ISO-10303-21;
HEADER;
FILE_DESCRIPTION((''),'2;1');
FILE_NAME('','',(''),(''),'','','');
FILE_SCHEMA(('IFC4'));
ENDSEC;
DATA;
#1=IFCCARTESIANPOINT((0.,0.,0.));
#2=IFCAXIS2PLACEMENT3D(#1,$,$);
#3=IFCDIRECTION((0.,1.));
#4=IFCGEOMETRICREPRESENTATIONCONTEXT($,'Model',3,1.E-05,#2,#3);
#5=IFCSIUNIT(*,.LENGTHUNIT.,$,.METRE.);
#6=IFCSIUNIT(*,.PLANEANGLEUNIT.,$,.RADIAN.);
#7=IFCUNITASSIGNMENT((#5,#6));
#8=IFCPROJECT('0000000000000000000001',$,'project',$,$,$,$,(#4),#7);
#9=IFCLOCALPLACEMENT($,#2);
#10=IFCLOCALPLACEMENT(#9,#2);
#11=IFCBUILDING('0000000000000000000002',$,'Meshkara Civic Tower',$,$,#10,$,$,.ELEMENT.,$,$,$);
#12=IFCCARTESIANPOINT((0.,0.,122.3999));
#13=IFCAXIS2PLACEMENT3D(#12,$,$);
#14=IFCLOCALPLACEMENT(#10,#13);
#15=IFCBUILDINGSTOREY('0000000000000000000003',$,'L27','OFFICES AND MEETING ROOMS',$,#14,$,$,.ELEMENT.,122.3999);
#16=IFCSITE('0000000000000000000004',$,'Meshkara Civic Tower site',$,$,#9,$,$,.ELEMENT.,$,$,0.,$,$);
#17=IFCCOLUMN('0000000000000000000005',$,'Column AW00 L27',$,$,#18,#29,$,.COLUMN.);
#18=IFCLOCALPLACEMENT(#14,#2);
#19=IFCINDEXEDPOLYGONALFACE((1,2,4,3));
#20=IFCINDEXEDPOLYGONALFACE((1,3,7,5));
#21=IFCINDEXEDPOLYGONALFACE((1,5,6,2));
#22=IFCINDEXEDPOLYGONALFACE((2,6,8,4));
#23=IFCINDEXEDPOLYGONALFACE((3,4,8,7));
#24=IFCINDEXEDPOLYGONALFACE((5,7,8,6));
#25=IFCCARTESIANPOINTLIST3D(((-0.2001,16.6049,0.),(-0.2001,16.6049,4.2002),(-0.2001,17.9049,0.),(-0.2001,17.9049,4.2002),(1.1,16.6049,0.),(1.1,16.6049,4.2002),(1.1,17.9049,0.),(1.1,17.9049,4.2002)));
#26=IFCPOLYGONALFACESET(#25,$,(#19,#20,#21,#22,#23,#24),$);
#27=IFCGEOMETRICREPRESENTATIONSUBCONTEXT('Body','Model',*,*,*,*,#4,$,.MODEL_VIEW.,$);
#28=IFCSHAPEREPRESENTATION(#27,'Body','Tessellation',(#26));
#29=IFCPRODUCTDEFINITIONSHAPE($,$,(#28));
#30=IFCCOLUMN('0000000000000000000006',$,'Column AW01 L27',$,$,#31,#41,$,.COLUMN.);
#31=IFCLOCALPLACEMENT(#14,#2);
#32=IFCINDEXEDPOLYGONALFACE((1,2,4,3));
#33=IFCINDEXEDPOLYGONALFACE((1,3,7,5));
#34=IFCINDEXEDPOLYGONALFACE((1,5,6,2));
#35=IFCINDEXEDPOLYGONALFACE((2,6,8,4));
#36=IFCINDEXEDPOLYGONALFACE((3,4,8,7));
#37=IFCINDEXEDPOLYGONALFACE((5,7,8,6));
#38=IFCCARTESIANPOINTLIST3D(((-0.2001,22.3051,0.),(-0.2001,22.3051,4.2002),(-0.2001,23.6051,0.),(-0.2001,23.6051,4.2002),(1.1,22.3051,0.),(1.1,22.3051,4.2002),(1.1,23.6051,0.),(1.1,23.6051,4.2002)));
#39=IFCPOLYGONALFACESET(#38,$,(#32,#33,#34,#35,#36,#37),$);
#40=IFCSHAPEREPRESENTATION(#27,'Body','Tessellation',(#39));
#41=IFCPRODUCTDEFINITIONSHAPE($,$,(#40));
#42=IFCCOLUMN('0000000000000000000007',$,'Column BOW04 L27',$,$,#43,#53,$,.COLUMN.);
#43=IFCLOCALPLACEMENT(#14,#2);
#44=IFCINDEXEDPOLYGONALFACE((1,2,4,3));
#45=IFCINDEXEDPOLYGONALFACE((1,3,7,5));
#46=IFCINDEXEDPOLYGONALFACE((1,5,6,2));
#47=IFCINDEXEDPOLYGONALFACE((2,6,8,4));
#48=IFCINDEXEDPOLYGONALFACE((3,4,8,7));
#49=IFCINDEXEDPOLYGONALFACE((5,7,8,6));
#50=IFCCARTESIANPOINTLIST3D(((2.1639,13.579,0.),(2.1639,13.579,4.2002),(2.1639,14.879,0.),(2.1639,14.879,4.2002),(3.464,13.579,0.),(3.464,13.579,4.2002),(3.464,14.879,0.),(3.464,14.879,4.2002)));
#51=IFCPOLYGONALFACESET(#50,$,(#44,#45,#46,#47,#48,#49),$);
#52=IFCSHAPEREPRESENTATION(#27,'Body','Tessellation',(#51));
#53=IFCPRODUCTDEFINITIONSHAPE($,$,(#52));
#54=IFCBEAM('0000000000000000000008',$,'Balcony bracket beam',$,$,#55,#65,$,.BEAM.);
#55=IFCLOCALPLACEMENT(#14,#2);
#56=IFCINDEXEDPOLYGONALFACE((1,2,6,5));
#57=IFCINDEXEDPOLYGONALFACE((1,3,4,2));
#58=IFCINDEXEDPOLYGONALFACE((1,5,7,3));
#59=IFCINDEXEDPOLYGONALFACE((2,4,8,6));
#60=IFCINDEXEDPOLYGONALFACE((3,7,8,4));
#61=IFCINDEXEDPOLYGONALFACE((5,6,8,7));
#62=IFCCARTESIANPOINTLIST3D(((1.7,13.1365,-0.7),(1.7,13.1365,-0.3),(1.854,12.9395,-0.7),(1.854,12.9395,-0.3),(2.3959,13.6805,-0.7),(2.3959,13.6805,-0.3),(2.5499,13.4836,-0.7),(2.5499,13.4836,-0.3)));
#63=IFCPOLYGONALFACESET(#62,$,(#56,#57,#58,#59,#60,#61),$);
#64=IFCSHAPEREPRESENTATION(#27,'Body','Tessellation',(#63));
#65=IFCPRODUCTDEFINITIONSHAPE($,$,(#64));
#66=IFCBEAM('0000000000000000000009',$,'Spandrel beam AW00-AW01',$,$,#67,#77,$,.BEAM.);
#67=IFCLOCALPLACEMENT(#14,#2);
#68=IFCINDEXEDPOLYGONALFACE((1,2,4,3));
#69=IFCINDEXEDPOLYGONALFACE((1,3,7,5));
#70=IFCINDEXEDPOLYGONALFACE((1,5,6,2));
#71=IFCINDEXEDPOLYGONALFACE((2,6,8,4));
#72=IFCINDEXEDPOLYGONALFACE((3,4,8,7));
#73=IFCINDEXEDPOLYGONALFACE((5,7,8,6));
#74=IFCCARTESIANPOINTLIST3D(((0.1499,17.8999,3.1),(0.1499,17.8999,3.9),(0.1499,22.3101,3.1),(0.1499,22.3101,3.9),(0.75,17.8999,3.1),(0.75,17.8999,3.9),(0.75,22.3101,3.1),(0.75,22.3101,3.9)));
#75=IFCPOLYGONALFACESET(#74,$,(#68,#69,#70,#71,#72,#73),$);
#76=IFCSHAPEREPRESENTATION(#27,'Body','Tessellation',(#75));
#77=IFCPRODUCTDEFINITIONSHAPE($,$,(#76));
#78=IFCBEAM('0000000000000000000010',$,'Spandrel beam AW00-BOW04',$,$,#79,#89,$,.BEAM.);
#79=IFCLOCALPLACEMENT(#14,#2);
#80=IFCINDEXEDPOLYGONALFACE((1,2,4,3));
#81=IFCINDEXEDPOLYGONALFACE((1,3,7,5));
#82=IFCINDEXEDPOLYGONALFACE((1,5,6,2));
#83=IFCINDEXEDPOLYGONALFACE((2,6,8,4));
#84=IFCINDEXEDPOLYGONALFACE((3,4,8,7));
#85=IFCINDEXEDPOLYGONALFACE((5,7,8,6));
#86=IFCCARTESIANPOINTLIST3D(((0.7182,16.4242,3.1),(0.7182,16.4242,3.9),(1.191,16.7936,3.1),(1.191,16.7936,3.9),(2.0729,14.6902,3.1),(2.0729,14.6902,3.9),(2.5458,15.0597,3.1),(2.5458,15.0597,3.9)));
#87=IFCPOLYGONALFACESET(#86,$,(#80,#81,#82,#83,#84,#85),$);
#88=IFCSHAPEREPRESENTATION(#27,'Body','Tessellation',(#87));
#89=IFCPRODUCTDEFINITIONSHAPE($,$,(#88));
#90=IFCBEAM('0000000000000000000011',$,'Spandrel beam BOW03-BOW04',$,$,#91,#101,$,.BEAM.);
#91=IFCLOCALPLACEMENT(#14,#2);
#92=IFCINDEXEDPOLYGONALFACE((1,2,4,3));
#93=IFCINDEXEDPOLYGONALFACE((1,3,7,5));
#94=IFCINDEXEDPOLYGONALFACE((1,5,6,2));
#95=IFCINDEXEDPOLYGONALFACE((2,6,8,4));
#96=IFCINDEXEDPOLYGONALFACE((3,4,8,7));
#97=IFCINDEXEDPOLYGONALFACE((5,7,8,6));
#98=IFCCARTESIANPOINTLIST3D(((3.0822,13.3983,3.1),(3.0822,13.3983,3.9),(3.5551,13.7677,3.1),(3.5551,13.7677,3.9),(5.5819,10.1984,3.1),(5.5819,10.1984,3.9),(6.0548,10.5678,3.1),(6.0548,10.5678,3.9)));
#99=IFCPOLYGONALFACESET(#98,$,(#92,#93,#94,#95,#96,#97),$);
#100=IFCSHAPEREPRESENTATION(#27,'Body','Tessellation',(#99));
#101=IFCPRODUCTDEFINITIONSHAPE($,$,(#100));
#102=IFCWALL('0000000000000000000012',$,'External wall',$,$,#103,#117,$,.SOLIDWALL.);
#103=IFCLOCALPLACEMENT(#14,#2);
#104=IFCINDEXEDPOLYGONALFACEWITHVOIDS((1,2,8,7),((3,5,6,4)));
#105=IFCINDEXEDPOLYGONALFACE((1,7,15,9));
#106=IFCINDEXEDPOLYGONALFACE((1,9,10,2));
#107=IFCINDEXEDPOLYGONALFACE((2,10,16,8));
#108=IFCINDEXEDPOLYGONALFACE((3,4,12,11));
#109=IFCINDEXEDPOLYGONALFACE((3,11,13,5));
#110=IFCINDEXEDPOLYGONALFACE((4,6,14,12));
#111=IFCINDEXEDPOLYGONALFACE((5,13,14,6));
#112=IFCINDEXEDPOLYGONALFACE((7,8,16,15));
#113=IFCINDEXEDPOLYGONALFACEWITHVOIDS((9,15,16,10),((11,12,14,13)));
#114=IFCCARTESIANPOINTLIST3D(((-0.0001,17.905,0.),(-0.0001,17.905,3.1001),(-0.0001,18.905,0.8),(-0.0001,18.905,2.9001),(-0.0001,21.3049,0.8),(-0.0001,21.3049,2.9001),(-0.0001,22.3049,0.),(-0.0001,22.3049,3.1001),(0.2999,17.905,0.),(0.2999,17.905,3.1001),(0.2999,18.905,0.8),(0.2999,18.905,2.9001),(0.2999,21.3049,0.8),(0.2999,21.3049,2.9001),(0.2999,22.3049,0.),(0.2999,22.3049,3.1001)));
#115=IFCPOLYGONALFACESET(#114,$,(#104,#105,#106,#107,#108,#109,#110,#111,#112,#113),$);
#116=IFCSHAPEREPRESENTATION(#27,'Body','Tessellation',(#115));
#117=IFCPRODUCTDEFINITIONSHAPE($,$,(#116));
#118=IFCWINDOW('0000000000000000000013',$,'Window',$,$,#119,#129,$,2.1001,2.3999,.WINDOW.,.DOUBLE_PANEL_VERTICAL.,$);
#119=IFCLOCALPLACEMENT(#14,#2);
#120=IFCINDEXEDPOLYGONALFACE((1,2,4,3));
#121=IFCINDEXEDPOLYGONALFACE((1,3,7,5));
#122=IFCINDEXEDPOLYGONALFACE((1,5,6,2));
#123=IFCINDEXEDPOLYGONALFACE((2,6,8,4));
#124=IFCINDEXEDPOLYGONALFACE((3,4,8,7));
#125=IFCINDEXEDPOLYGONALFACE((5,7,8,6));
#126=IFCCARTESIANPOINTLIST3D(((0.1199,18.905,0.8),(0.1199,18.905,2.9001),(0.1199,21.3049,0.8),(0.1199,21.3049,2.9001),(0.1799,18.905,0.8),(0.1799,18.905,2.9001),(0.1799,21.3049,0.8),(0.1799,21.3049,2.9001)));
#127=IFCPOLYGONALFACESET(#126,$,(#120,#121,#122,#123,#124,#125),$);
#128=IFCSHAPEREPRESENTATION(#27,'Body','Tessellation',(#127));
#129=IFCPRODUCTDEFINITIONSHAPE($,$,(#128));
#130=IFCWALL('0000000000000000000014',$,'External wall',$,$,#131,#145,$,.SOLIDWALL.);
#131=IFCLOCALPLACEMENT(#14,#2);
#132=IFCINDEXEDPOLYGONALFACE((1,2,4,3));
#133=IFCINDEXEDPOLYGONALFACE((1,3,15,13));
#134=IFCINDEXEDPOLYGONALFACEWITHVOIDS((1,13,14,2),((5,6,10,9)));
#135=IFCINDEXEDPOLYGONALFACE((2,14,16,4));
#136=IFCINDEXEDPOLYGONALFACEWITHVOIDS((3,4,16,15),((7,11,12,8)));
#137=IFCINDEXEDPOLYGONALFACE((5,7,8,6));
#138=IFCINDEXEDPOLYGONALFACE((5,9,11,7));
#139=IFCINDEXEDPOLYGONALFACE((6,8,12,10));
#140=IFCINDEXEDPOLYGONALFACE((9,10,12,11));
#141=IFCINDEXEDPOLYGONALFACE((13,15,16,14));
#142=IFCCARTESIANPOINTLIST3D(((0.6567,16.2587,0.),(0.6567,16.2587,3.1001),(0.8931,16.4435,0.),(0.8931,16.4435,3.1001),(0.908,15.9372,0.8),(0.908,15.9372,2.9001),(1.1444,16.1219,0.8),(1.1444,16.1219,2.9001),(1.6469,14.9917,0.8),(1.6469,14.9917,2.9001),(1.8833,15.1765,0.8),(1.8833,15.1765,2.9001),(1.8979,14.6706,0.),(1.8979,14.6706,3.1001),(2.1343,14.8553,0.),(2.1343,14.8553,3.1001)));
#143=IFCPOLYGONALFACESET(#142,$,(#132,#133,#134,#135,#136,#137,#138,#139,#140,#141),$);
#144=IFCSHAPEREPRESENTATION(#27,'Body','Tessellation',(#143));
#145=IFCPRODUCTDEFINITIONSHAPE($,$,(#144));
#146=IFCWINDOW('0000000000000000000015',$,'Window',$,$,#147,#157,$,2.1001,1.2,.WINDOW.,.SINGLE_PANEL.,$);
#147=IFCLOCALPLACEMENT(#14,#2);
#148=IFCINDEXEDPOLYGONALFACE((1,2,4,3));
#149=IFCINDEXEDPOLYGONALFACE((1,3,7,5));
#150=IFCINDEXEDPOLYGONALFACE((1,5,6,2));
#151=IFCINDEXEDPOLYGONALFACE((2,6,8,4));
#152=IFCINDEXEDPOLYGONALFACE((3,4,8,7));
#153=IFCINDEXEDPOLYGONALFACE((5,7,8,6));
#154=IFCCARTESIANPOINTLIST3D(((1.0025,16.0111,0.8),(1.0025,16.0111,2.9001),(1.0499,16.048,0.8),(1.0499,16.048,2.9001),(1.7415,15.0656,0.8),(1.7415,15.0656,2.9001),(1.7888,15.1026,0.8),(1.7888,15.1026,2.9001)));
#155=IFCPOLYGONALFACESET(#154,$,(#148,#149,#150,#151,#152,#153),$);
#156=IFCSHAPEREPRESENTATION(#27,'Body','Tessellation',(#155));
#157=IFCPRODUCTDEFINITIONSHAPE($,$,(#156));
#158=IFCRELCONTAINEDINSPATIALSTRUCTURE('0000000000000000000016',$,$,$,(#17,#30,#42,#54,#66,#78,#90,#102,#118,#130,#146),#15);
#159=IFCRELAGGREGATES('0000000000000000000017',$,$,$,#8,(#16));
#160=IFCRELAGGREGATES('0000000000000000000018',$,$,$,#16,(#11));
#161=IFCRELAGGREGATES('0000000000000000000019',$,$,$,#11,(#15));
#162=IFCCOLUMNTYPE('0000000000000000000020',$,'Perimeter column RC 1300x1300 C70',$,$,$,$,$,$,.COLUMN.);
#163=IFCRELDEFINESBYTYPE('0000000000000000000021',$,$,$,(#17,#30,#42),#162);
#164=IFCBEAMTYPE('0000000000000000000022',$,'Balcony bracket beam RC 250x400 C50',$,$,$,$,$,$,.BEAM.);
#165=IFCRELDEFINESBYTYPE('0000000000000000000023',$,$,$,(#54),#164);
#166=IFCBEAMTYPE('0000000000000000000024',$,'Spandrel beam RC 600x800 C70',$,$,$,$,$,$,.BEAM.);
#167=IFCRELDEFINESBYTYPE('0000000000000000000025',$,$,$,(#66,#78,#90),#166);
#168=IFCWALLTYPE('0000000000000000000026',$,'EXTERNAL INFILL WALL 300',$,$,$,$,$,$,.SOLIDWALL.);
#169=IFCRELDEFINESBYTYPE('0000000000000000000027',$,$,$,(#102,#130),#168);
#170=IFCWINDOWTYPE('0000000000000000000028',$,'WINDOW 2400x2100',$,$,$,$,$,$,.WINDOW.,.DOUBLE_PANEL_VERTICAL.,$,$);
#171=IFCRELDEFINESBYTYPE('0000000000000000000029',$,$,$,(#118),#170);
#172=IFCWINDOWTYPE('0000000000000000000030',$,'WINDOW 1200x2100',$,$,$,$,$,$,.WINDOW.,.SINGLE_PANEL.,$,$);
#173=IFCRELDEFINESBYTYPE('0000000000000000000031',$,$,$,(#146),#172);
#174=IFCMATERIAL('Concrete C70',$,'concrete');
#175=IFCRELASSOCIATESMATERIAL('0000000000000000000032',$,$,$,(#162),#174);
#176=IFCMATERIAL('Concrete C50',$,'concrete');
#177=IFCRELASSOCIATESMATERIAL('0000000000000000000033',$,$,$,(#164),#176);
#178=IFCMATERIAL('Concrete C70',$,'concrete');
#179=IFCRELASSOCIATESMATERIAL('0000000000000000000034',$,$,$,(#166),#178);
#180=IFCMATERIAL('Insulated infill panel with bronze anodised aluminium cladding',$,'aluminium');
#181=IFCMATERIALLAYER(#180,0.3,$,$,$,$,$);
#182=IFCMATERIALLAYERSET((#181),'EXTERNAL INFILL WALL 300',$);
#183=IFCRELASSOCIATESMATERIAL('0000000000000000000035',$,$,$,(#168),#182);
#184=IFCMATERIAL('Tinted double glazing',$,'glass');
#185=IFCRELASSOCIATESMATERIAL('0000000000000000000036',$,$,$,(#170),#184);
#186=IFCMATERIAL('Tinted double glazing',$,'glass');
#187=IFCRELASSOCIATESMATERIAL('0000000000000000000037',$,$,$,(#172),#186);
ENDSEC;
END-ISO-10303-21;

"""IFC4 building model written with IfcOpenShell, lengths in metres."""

from ifc_helpers import new_model, si_unit, direction, frame, frame_2d, origin, origin_2d, place, context, subcontext, project, spatial, rectangle, extrude, material, layer, layer_set, material_profile, profile_set, type_object, element, fill, save


model = new_model("IFC4")

# Units and contexts
model_context = context("Model", 3, precision=1e-05, world=origin(), true_north=direction((0.0, 1.0)))
body_context = subcontext(model_context, "Body", "Model", "MODEL_VIEW")
ifc_project = project(units=[si_unit("LENGTHUNIT", "METRE"), si_unit("PLANEANGLEUNIT", "RADIAN")], contexts=[model_context])

# Site, building, storey
site_placement = place(None, origin())
site = spatial("IfcSite", under=ifc_project, at=site_placement, Name="Meshkara Civic Tower site", CompositionType="ELEMENT", RefElevation=0.0)
building_placement = place(site_placement, origin())
building = spatial("IfcBuilding", under=site, at=building_placement, Name="Meshkara Civic Tower", CompositionType="ELEMENT")
storey_placement = place(building_placement, frame((0.0, 0.0, 122.3999)))
storey = spatial("IfcBuildingStorey", under=building, at=storey_placement, Name="L27", Description="OFFICES AND MEETING ROOMS", CompositionType="ELEMENT", Elevation=122.3999)

# Columns
ifc_material_1 = material(Name="Concrete C70", Category="concrete")
ifc_material_profile_1 = material_profile(ifc_material_1, rectangle(XDim=1.3, YDim=1.3, at=origin_2d()))
ifc_profile_set_1 = profile_set([ifc_material_profile_1], Name="Concrete C70")
column_type = type_object("IfcColumnType", Name="Perimeter column RC 1300x1300 C70", PredefinedType="COLUMN", material=ifc_profile_set_1)
for number, where, z_axis, x_axis, name in (
    (1, (0.45, 17.2549, 0.0), (0.0, 0.0, 1.0), (1.0, 0.0, 0.0), "Column AW00 L27"),
    (2, (0.45, 22.9551, 0.0), (0.0, 0.0, 1.0), (1.0, 0.0, 0.0), "Column AW01 L27"),
    (3, (2.814, 14.229, 0.0), (0.0, 0.0, 1.0), (1.0, 0.0, 0.0), "Column BOW04 L27"),
):
    element("IfcColumn", number, at=place(storey_placement, frame(where, z_axis=z_axis, x_axis=x_axis)), inside=storey, type_object=column_type, Name=name, PredefinedType="COLUMN", context=body_context, shape_type="SweptSolid", body=[
        extrude(rectangle(XDim=1.3, YDim=1.3, at=origin_2d()), origin(), (0.0, 0.0, 1.0), 4.2002),
    ])

# Beams
ifc_material_2 = material(Name="Concrete C50", Category="concrete")
ifc_material_profile_2 = material_profile(ifc_material_2, rectangle(XDim=0.25, YDim=0.3999, at=origin_2d()))
ifc_profile_set_2 = profile_set([ifc_material_profile_2], Name="Concrete C50")
beam_type_1 = type_object("IfcBeamType", Name="Balcony bracket beam RC 250x400 C50", PredefinedType="BEAM", material=ifc_profile_set_2)
beam_1_placement = place(storey_placement, frame((2.4729, 13.582, -0.5), z_axis=(-0.787832, -0.615891, 0.0), x_axis=(0.615891, -0.787832, 0.0)))
element("IfcBeam", 4, at=beam_1_placement, inside=storey, type_object=beam_type_1, Name="Balcony bracket beam", PredefinedType="BEAM", context=body_context, shape_type="SweptSolid", body=[
    extrude(rectangle(XDim=0.25, YDim=0.3999, at=origin_2d()), origin(), (0.0, 0.0, 1.0), 0.8833),
])
ifc_material_3 = material(Name="Concrete C70", Category="concrete")
ifc_material_profile_3 = material_profile(ifc_material_3, rectangle(XDim=0.6001, YDim=0.8, at=origin_2d()))
ifc_profile_set_3 = profile_set([ifc_material_profile_3], Name="Concrete C70")
beam_type_2 = type_object("IfcBeamType", Name="Spandrel beam RC 600x800 C70", PredefinedType="BEAM", material=ifc_profile_set_3)
beam_2_placement = place(storey_placement, frame((0.45, 22.3101, 3.5), z_axis=(0.0, -1.0, 0.0), x_axis=(1.0, 0.0, 0.0)))
element("IfcBeam", 5, at=beam_2_placement, inside=storey, type_object=beam_type_2, Name="Spandrel beam AW00-AW01", PredefinedType="BEAM", context=body_context, shape_type="SweptSolid", body=[
    extrude(rectangle(XDim=0.6001, YDim=0.8, at=origin_2d()), origin(), (0.0, 0.0, 1.0), 4.4102),
])
beam_3_placement = place(storey_placement, frame((0.9546, 16.6089, 3.5), z_axis=(0.615683, -0.787994, 0.0), x_axis=(0.787994, 0.615683, 0.0)))
element("IfcBeam", 6, at=beam_3_placement, inside=storey, type_object=beam_type_2, Name="Spandrel beam AW00-BOW04", PredefinedType="BEAM", context=body_context, shape_type="SweptSolid", body=[
    extrude(rectangle(XDim=0.6001, YDim=0.8, at=origin_2d()), origin(), (0.0, 0.0, 1.0), 2.2004),
])
beam_4_placement = place(storey_placement, frame((3.3186, 13.583, 3.5), z_axis=(0.615613, -0.788049, 0.0), x_axis=(0.788049, 0.615613, 0.0)))
element("IfcBeam", 7, at=beam_4_placement, inside=storey, type_object=beam_type_2, Name="Spandrel beam BOW03-BOW04", PredefinedType="BEAM", context=body_context, shape_type="SweptSolid", body=[
    extrude(rectangle(XDim=0.6001, YDim=0.8, at=origin_2d()), origin(), (0.0, 0.0, 1.0), 4.0605),
])

# Walls, openings, windows
ifc_material_4 = material(Name="Insulated infill panel with bronze anodised aluminium cladding", Category="aluminium")
ifc_layer = layer(ifc_material_4, 0.3)
ifc_layer_set = layer_set([ifc_layer], Name="EXTERNAL INFILL WALL 300")
wall_type = type_object("IfcWallType", Name="EXTERNAL INFILL WALL 300", PredefinedType="SOLIDWALL", material=ifc_layer_set)
wall_1_placement = place(storey_placement, frame((0.1499, 22.3049, 0.0), z_axis=(0.0, 0.0, 1.0), x_axis=(0.0, -1.0, 0.0)))
wall_1 = element("IfcWall", 8, at=wall_1_placement, inside=storey, type_object=wall_type, Name="External wall", PredefinedType="SOLIDWALL", context=body_context, shape_type="SweptSolid", body=[
    extrude(rectangle(XDim=4.3999, YDim=0.3, at=frame_2d((2.2, 0.0))), origin(), (0.0, 0.0, 1.0), 3.1001),
])
opening_1_placement = place(wall_1_placement, frame((1.0, 0.0, 0.8)))
opening_1 = element("IfcOpeningElement", 9, at=opening_1_placement, cuts=wall_1, PredefinedType="OPENING", context=body_context, shape_type="SweptSolid", body=[
    extrude(rectangle(XDim=2.3999, YDim=2.1001, at=frame_2d((1.2, 1.05))), frame((0.0, 0.1599, 0.0), z_axis=(0.0, -1.0, 0.0), x_axis=(1.0, 0.0, 0.0)), (0.0, 0.0, 1.0), 0.3201),
])
ifc_material_5 = material(Name="Tinted double glazing", Category="glass")
window_type_1 = type_object("IfcWindowType", Name="WINDOW 2400x2100", PartitioningType="DOUBLE_PANEL_VERTICAL", PredefinedType="WINDOW", material=ifc_material_5)
window_1_placement = place(opening_1_placement, origin())
window_1 = element("IfcWindow", 10, at=window_1_placement, inside=storey, type_object=window_type_1, Name="Window", OverallHeight=2.1001, OverallWidth=2.3999, PartitioningType="DOUBLE_PANEL_VERTICAL", PredefinedType="WINDOW", context=body_context, shape_type="SweptSolid", body=[
    extrude(rectangle(XDim=2.3999, YDim=2.1001, at=frame_2d((1.2, 1.05))), frame((0.0, 0.03, 0.0), z_axis=(0.0, -1.0, 0.0), x_axis=(1.0, 0.0, 0.0)), (0.0, 0.0, 1.0), 0.0601),
])
fill(opening_1, window_1)
wall_2_placement = place(storey_placement, frame((0.7749, 16.3511, 0.0), z_axis=(0.0, 0.0, 1.0), x_axis=(0.615792, -0.787909, 0.0)))
wall_2 = element("IfcWall", 11, at=wall_2_placement, inside=storey, type_object=wall_type, Name="External wall", PredefinedType="SOLIDWALL", context=body_context, shape_type="SweptSolid", body=[
    extrude(rectangle(XDim=2.0156, YDim=0.3, at=frame_2d((1.0078, 0.0))), origin(), (0.0, 0.0, 1.0), 3.1001),
])
opening_2_placement = place(wall_2_placement, frame((0.408, 0.0, 0.8)))
opening_2 = element("IfcOpeningElement", 12, at=opening_2_placement, cuts=wall_2, PredefinedType="OPENING", context=body_context, shape_type="SweptSolid", body=[
    extrude(rectangle(XDim=1.2, YDim=2.1001, at=frame_2d((0.6001, 1.05))), frame((0.0, 0.1599, 0.0), z_axis=(0.0, -1.0, 0.0), x_axis=(1.0, 0.0, 0.0)), (0.0, 0.0, 1.0), 0.3201),
])
ifc_material_6 = material(Name="Tinted double glazing", Category="glass")
window_type_2 = type_object("IfcWindowType", Name="WINDOW 1200x2100", PartitioningType="SINGLE_PANEL", PredefinedType="WINDOW", material=ifc_material_6)
window_2_placement = place(opening_2_placement, origin())
window_2 = element("IfcWindow", 13, at=window_2_placement, inside=storey, type_object=window_type_2, Name="Window", OverallHeight=2.1001, OverallWidth=1.2, PartitioningType="SINGLE_PANEL", PredefinedType="WINDOW", context=body_context, shape_type="SweptSolid", body=[
    extrude(rectangle(XDim=1.2, YDim=2.1001, at=frame_2d((0.6001, 1.05))), frame((0.0, 0.03, 0.0), z_axis=(0.0, -1.0, 0.0), x_axis=(1.0, 0.0, 0.0)), (0.0, 0.0, 1.0), 0.0601),
])
fill(opening_2, window_2)

save(model, "model.ifc")
